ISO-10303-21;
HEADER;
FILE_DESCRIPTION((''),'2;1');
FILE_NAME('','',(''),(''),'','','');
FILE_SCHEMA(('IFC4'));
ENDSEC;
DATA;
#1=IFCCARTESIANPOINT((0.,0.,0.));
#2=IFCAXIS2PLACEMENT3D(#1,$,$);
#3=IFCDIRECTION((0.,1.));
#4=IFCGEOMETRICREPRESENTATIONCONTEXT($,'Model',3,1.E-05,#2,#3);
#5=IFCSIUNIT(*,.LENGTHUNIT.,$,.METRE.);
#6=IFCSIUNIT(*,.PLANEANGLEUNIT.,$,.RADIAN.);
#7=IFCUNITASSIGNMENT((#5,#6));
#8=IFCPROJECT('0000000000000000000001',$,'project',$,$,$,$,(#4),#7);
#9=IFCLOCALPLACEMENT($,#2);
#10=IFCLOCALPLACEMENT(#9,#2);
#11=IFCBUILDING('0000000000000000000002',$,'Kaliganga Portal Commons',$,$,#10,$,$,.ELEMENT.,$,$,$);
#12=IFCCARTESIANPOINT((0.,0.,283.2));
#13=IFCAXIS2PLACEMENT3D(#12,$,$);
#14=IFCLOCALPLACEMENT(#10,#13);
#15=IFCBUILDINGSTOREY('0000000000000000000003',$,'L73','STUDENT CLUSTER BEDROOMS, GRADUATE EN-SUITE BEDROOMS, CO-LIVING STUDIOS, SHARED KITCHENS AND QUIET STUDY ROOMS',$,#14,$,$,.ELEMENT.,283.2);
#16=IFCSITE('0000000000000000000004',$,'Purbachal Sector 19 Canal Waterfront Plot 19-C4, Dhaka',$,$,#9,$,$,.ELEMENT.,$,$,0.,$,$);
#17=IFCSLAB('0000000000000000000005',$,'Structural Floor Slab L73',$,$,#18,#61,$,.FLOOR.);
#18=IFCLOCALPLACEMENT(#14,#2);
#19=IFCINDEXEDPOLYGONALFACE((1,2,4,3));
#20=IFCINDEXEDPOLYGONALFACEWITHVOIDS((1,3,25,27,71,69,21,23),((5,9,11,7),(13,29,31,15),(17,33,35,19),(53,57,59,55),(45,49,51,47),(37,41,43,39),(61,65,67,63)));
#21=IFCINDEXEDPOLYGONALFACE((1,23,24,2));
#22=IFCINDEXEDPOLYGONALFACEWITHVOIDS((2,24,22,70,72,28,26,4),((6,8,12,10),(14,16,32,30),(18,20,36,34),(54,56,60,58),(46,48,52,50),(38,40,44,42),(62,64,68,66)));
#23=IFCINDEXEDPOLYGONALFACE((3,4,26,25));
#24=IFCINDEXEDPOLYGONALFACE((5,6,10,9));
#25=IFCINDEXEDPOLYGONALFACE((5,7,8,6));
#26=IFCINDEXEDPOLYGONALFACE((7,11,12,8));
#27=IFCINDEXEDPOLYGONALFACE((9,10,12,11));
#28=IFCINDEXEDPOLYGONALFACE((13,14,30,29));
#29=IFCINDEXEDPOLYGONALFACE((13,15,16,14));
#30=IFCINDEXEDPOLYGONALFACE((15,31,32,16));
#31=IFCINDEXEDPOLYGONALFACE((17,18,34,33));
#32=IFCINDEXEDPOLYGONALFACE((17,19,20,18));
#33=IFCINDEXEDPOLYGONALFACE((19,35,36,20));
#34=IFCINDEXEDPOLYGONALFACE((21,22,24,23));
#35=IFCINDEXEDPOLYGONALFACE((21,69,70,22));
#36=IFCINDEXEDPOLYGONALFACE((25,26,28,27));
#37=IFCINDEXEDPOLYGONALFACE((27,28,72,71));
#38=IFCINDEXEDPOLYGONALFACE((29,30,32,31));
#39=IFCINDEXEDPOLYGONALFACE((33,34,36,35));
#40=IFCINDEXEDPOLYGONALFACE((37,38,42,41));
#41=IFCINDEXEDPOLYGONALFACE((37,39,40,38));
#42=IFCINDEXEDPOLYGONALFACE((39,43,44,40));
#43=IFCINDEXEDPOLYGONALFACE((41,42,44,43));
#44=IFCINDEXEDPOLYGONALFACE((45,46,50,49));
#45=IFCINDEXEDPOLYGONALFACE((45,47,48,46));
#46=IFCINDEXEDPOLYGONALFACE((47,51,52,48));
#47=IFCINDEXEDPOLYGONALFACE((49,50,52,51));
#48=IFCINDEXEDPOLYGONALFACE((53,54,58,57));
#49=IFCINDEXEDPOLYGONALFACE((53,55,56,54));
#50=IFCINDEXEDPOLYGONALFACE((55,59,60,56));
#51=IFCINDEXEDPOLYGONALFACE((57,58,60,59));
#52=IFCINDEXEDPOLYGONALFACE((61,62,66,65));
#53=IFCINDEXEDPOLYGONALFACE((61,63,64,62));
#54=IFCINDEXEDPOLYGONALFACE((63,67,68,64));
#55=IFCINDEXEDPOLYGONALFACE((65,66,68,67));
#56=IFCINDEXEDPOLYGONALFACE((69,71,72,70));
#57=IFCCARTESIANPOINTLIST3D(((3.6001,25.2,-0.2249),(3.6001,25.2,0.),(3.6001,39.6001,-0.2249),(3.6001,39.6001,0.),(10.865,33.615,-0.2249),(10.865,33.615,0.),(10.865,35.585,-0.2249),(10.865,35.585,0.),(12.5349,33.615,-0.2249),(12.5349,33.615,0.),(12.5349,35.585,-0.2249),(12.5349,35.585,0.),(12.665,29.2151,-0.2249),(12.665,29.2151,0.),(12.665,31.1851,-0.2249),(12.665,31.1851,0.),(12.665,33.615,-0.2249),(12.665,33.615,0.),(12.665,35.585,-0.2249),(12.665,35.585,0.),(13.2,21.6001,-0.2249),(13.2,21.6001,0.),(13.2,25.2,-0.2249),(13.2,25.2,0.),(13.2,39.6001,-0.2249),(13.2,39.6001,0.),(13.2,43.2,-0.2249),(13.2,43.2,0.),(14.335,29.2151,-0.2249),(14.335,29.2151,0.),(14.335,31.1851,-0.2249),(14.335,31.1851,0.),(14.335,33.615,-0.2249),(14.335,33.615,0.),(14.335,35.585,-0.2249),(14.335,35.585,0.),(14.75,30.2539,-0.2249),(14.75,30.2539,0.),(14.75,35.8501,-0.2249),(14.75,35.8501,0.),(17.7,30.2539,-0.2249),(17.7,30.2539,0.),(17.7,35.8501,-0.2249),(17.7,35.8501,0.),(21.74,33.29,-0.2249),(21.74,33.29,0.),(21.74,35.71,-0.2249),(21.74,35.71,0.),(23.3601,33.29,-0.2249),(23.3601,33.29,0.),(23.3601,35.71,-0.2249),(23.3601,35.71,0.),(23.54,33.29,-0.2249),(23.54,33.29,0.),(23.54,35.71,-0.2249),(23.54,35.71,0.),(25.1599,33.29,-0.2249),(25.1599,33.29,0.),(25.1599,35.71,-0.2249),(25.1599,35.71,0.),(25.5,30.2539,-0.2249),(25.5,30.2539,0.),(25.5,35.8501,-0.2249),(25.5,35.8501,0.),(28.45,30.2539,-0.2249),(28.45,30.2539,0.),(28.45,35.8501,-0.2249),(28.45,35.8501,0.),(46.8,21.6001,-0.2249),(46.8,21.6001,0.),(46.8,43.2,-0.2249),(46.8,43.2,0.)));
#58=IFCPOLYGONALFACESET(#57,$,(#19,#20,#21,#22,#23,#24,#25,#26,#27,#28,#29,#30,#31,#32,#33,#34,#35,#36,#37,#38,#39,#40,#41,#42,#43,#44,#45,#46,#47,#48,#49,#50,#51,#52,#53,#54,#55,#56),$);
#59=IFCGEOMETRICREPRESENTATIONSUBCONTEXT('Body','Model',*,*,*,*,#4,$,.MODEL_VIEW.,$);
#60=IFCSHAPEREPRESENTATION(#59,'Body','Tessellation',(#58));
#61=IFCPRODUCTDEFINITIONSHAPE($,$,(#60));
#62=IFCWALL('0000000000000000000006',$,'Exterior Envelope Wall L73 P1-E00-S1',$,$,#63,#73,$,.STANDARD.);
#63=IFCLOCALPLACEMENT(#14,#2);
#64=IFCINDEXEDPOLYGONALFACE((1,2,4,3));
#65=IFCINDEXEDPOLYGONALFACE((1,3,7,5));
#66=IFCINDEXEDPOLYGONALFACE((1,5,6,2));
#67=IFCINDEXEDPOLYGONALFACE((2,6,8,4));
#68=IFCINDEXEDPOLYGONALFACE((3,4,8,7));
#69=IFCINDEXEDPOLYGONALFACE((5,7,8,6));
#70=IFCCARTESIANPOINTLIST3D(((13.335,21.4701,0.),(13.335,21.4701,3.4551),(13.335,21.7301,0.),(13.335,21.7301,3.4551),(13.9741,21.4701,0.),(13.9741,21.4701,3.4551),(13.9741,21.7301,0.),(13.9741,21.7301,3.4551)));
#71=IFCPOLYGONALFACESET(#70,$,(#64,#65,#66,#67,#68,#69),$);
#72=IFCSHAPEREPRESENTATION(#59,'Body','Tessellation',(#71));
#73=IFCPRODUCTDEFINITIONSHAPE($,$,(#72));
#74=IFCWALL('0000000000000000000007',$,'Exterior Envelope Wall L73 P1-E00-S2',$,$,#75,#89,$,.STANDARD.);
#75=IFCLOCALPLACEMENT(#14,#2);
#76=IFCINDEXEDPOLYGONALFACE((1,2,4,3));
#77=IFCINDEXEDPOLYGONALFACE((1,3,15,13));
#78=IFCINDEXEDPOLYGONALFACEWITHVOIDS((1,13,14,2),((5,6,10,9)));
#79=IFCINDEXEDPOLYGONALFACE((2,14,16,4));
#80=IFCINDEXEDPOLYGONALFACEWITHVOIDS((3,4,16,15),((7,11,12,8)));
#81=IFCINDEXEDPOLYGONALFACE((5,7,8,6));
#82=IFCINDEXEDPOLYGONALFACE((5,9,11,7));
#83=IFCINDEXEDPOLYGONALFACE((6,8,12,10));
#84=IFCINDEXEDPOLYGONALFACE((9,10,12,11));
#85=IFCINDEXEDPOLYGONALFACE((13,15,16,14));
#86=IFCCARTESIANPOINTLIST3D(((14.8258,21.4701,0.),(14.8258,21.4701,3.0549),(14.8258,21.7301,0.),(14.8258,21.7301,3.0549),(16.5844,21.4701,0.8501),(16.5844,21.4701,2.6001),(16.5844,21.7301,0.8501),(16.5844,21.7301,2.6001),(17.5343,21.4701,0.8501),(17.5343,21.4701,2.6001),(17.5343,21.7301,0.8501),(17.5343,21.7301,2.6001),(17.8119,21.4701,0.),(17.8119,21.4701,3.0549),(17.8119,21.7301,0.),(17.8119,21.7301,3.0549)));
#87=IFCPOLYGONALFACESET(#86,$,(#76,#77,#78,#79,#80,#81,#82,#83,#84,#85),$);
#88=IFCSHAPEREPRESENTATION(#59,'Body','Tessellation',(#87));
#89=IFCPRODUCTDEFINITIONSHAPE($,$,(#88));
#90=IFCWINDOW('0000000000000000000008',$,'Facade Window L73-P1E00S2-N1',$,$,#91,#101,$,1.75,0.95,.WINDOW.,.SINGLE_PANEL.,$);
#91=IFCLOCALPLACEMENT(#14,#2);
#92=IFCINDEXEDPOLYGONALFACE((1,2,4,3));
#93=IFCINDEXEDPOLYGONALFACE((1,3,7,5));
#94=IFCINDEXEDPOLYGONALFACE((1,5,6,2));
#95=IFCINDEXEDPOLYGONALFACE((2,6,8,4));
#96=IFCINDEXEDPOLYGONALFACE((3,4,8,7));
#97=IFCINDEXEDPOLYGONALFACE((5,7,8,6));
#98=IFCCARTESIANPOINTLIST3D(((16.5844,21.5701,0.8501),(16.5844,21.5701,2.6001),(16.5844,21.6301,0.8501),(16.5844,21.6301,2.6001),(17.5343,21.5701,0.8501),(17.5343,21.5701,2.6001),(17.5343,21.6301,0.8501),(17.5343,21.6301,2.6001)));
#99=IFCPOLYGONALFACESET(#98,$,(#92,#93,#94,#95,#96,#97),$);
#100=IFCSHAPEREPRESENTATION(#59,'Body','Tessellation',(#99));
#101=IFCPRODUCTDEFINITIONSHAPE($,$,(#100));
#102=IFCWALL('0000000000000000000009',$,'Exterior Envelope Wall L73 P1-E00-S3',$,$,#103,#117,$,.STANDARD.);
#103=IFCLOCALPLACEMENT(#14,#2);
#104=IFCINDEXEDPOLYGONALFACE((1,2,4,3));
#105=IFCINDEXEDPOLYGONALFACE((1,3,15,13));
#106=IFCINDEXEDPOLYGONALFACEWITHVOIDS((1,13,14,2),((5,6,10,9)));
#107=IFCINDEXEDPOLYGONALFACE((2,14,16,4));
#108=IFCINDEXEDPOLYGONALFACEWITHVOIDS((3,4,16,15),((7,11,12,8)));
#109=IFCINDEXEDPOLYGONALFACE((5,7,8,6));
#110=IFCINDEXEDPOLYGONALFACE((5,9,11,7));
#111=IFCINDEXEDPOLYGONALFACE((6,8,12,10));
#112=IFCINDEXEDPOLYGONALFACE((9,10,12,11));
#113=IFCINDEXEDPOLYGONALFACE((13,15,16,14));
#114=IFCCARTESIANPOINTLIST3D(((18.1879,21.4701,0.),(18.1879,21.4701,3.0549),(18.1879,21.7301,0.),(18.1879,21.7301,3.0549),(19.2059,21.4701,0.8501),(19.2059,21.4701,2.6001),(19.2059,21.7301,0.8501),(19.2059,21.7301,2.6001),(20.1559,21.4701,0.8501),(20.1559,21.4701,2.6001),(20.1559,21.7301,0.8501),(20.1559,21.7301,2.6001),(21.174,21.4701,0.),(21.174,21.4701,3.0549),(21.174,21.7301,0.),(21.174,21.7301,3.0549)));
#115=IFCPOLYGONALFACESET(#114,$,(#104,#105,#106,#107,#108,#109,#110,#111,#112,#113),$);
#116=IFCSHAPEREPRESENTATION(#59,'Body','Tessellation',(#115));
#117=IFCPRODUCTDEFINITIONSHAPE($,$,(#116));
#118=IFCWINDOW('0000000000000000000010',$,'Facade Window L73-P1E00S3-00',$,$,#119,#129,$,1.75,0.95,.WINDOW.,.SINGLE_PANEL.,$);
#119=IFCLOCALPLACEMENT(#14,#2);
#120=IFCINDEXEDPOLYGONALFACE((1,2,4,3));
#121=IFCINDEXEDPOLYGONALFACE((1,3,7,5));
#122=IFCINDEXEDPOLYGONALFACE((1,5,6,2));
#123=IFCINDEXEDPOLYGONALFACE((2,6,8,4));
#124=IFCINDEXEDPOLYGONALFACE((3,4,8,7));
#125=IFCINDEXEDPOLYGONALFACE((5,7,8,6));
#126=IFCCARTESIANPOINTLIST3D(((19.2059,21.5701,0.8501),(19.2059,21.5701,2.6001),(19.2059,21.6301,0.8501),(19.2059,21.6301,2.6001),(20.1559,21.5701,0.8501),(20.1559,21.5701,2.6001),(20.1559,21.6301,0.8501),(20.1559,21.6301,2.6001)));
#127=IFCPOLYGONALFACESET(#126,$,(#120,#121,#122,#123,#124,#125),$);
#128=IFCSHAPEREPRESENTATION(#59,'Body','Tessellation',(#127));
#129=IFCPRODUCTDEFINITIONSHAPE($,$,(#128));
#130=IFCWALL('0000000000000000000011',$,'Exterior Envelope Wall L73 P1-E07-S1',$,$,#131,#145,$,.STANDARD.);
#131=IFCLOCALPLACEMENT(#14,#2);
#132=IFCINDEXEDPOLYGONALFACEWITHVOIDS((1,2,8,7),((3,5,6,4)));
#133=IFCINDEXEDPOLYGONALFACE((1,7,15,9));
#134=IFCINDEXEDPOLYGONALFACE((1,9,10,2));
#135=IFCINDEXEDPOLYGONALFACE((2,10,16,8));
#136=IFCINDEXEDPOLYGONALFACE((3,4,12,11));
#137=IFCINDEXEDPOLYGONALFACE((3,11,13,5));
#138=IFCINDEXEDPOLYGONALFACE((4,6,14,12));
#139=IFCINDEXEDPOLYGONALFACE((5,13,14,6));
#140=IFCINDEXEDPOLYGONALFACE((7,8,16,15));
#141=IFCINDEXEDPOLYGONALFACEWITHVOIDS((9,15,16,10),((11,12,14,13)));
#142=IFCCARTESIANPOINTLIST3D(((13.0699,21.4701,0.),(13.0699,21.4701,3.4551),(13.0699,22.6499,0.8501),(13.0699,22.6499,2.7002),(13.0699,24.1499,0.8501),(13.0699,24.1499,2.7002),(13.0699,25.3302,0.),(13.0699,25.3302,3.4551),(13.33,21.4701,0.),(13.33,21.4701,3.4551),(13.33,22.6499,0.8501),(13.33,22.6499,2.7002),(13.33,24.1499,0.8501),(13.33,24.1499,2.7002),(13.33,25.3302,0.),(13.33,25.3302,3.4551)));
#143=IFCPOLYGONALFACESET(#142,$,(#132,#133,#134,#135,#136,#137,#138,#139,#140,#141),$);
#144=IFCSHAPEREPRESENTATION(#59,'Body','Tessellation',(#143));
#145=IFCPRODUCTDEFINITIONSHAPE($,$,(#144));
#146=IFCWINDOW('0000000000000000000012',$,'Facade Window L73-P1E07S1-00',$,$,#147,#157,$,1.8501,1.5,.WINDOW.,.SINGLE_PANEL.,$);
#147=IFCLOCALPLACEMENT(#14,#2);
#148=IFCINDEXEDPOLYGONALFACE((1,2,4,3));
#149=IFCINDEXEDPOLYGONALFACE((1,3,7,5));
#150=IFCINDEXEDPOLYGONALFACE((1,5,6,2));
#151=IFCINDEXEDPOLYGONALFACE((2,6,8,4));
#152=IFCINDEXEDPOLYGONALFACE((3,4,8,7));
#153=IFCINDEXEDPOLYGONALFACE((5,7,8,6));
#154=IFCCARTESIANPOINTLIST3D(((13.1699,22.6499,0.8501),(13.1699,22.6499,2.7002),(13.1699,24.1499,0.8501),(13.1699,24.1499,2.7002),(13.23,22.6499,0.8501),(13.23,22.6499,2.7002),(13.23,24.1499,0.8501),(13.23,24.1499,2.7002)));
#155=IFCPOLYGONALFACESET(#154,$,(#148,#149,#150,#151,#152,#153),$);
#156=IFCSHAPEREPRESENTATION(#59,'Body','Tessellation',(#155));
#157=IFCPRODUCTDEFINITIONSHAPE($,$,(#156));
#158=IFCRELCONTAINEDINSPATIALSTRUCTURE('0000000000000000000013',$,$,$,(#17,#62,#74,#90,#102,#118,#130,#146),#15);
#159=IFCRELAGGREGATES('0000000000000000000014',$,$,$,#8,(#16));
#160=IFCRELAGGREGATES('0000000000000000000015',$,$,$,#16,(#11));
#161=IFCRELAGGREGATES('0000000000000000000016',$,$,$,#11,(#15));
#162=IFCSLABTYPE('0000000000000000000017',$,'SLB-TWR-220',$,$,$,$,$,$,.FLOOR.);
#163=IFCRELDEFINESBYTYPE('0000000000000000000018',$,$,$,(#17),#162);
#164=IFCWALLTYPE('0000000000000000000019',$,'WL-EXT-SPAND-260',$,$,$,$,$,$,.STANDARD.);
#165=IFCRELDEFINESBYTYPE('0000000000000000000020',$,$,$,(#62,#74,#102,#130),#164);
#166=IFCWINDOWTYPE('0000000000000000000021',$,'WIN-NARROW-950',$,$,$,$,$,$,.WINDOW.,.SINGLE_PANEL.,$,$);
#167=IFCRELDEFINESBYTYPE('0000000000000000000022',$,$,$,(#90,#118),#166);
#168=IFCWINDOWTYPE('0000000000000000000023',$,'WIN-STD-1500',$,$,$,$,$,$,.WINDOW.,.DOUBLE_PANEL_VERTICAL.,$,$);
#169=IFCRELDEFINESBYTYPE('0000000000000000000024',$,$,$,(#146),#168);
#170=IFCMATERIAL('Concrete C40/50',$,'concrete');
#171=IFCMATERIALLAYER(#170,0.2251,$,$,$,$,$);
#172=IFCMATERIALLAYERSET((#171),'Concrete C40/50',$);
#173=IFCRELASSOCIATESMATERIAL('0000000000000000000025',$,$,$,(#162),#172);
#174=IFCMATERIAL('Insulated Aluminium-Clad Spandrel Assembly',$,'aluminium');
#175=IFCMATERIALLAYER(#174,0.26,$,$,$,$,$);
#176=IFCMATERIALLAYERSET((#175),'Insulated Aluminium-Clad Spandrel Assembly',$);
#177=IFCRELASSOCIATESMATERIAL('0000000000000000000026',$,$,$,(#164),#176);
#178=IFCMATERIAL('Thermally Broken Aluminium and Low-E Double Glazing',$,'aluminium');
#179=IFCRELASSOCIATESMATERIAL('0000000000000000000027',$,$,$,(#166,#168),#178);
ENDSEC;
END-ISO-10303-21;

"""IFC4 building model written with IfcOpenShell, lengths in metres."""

from ifc_helpers import new_model, si_unit, direction, frame, frame_2d, origin, place, context, subcontext, project, spatial, polyline, rectangle, outline, extrude, material, layer, layer_set, type_object, element, fill, save


model = new_model("IFC4")

# Units and contexts
model_context = context("Model", 3, precision=1e-05, world=origin(), true_north=direction((0.0, 1.0)))
body_context = subcontext(model_context, "Body", "Model", "MODEL_VIEW")
ifc_project = project(units=[si_unit("LENGTHUNIT", "METRE"), si_unit("PLANEANGLEUNIT", "RADIAN")], contexts=[model_context])

# Site, building, storey
site_placement = place(None, origin())
site = spatial("IfcSite", under=ifc_project, at=site_placement, Name="Purbachal Sector 19 Canal Waterfront Plot 19-C4, Dhaka", CompositionType="ELEMENT", RefElevation=0.0)
building_placement = place(site_placement, origin())
building = spatial("IfcBuilding", under=site, at=building_placement, Name="Kaliganga Portal Commons", CompositionType="ELEMENT")
storey_placement = place(building_placement, frame((0.0, 0.0, 283.2)))
storey = spatial("IfcBuildingStorey", under=building, at=storey_placement, Name="L73", Description="STUDENT CLUSTER BEDROOMS, GRADUATE EN-SUITE BEDROOMS, CO-LIVING STUDIOS, SHARED KITCHENS AND QUIET STUDY ROOMS", CompositionType="ELEMENT", Elevation=283.2)

# Shared definitions
ifc_material_1 = material(Name="Concrete C40/50", Category="concrete")

# Slab
ifc_layer_1 = layer(ifc_material_1, 0.2251)
ifc_layer_set_1 = layer_set([ifc_layer_1], Name="Concrete C40/50")
slab_type_1 = type_object("IfcSlabType", Name="SLB-TWR-220", PredefinedType="FLOOR", material=ifc_layer_set_1)
slab_1_placement = place(storey_placement, frame((0.0, 0.0, -0.2249)))
element("IfcSlab", 1, at=slab_1_placement, inside=storey, type_object=slab_type_1, Name="Structural Floor Slab L73", PredefinedType="FLOOR", context=body_context, shape_type="SweptSolid", body=[
    extrude(outline(polyline([(13.2, 21.6001), (46.8, 21.6001), (46.8, 43.2), (13.2, 43.2), (13.2, 39.6001), (3.6001, 39.6001), (3.6001, 25.2), (13.2, 25.2), (13.2, 21.6001)]), holes=[polyline([(14.75, 30.2539), (14.75, 35.8501), (17.7, 35.8501), (17.7, 30.2539), (14.75, 30.2539)]), polyline([(25.5, 30.2539), (25.5, 35.8501), (28.45, 35.8501), (28.45, 30.2539), (25.5, 30.2539)]), polyline([(12.665, 33.615), (12.665, 35.585), (14.335, 35.585), (14.335, 33.615), (12.665, 33.615)]), polyline([(12.665, 29.2151), (12.665, 31.1851), (14.335, 31.1851), (14.335, 29.2151), (12.665, 29.2151)]), polyline([(10.865, 33.615), (10.865, 35.585), (12.5349, 35.585), (12.5349, 33.615), (10.865, 33.615)]), polyline([(21.74, 33.29), (21.74, 35.71), (23.3601, 35.71), (23.3601, 33.29), (21.74, 33.29)]), polyline([(23.54, 33.29), (23.54, 35.71), (25.1599, 35.71), (25.1599, 33.29), (23.54, 33.29)])]), origin(), (0.0, 0.0, 1.0), 0.2249),
])

# Wall
ifc_material_2 = material(Name="Insulated Aluminium-Clad Spandrel Assembly", Category="aluminium")
ifc_layer_2 = layer(ifc_material_2, 0.26)
ifc_layer_set_2 = layer_set([ifc_layer_2], Name="Insulated Aluminium-Clad Spandrel Assembly")
wall_type = type_object("IfcWallType", Name="WL-EXT-SPAND-260", PredefinedType="STANDARD", material=ifc_layer_set_2)
wall_1_placement = place(storey_placement, frame((13.9741, 21.6001, 0.0), z_axis=(0.0, 0.0, 1.0), x_axis=(-1.0, 0.0, 0.0)))
element("IfcWall", 2, at=wall_1_placement, inside=storey, type_object=wall_type, Name="Exterior Envelope Wall L73 P1-E00-S1", PredefinedType="STANDARD", context=body_context, shape_type="SweptSolid", body=[
    extrude(rectangle(XDim=0.6392, YDim=0.26, at=frame_2d((0.3196, 0.0))), origin(), (0.0, 0.0, 1.0), 3.4551),
])

# Walls, openings, windows
wall_2_placement = place(storey_placement, frame((17.812, 21.6001, 0.0), z_axis=(0.0, 0.0, 1.0), x_axis=(-1.0, 0.0, 0.0)))
wall_2 = element("IfcWall", 3, at=wall_2_placement, inside=storey, type_object=wall_type, Name="Exterior Envelope Wall L73 P1-E00-S2", PredefinedType="STANDARD", context=body_context, shape_type="SweptSolid", body=[
    extrude(rectangle(XDim=2.9861, YDim=0.26, at=frame_2d((1.4932, 0.0))), origin(), (0.0, 0.0, 1.0), 3.0549),
])
opening_1_placement = place(wall_2_placement, frame((0.2776, 0.0, 0.8501)))
opening_1 = element("IfcOpeningElement", 4, at=opening_1_placement, cuts=wall_2, PredefinedType="OPENING", context=body_context, shape_type="SweptSolid", body=[
    extrude(rectangle(XDim=0.95, YDim=1.75, at=frame_2d((0.4751, 0.875))), frame((0.0, 0.1401, 0.0), z_axis=(0.0, -1.0, 0.0), x_axis=(1.0, 0.0, 0.0)), (0.0, 0.0, 1.0), 0.28),
])
ifc_material_3 = material(Name="Thermally Broken Aluminium and Low-E Double Glazing", Category="aluminium")
window_type_1 = type_object("IfcWindowType", Name="WIN-NARROW-950", PartitioningType="SINGLE_PANEL", PredefinedType="WINDOW", material=ifc_material_3)
window_1_placement = place(opening_1_placement, origin())
window_1 = element("IfcWindow", 5, at=window_1_placement, inside=storey, type_object=window_type_1, Name="Facade Window L73-P1E00S2-N1", OverallHeight=1.75, OverallWidth=0.95, PartitioningType="SINGLE_PANEL", PredefinedType="WINDOW", context=body_context, shape_type="SweptSolid", body=[
    extrude(rectangle(XDim=0.95, YDim=1.75, at=frame_2d((0.4751, 0.875))), frame((0.0, 0.03, 0.0), z_axis=(0.0, -1.0, 0.0), x_axis=(1.0, 0.0, 0.0)), (0.0, 0.0, 1.0), 0.0601),
])
fill(opening_1, window_1)
wall_3_placement = place(storey_placement, frame((21.1741, 21.6001, 0.0), z_axis=(0.0, 0.0, 1.0), x_axis=(-1.0, 0.0, 0.0)))
wall_3 = element("IfcWall", 6, at=wall_3_placement, inside=storey, type_object=wall_type, Name="Exterior Envelope Wall L73 P1-E00-S3", PredefinedType="STANDARD", context=body_context, shape_type="SweptSolid", body=[
    extrude(rectangle(XDim=2.9861, YDim=0.26, at=frame_2d((1.4932, 0.0))), origin(), (0.0, 0.0, 1.0), 3.0549),
])
opening_2_placement = place(wall_3_placement, frame((1.0181, 0.0, 0.8501)))
opening_2 = element("IfcOpeningElement", 7, at=opening_2_placement, cuts=wall_3, PredefinedType="OPENING", context=body_context, shape_type="SweptSolid", body=[
    extrude(rectangle(XDim=0.95, YDim=1.75, at=frame_2d((0.4751, 0.875))), frame((0.0, 0.1401, 0.0), z_axis=(0.0, -1.0, 0.0), x_axis=(1.0, 0.0, 0.0)), (0.0, 0.0, 1.0), 0.28),
])
window_2_placement = place(opening_2_placement, origin())
window_2 = element("IfcWindow", 8, at=window_2_placement, inside=storey, type_object=window_type_1, Name="Facade Window L73-P1E00S3-00", OverallHeight=1.75, OverallWidth=0.95, PartitioningType="SINGLE_PANEL", PredefinedType="WINDOW", context=body_context, shape_type="SweptSolid", body=[
    extrude(rectangle(XDim=0.95, YDim=1.75, at=frame_2d((0.4751, 0.875))), frame((0.0, 0.03, 0.0), z_axis=(0.0, -1.0, 0.0), x_axis=(1.0, 0.0, 0.0)), (0.0, 0.0, 1.0), 0.0601),
])
fill(opening_2, window_2)
wall_4_placement = place(storey_placement, frame((13.2, 21.47, 0.0), z_axis=(0.0, 0.0, 1.0), x_axis=(0.0, 1.0, 0.0)))
wall_4 = element("IfcWall", 9, at=wall_4_placement, inside=storey, type_object=wall_type, Name="Exterior Envelope Wall L73 P1-E07-S1", PredefinedType="STANDARD", context=body_context, shape_type="SweptSolid", body=[
    extrude(rectangle(XDim=3.8601, YDim=0.26, at=frame_2d((1.9302, 0.0))), origin(), (0.0, 0.0, 1.0), 3.4551),
])
opening_3_placement = place(wall_4_placement, frame((1.1799, 0.0, 0.8501)))
opening_3 = element("IfcOpeningElement", 10, at=opening_3_placement, cuts=wall_4, PredefinedType="OPENING", context=body_context, shape_type="SweptSolid", body=[
    extrude(rectangle(XDim=1.5, YDim=1.8501, at=frame_2d((0.75, 0.925))), frame((0.0, 0.1401, 0.0), z_axis=(0.0, -1.0, 0.0), x_axis=(1.0, 0.0, 0.0)), (0.0, 0.0, 1.0), 0.28),
])
window_type_2 = type_object("IfcWindowType", Name="WIN-STD-1500", PartitioningType="DOUBLE_PANEL_VERTICAL", PredefinedType="WINDOW", material=ifc_material_3)
window_3_placement = place(opening_3_placement, origin())
window_3 = element("IfcWindow", 11, at=window_3_placement, inside=storey, type_object=window_type_2, Name="Facade Window L73-P1E07S1-00", OverallHeight=1.8501, OverallWidth=1.5, PartitioningType="SINGLE_PANEL", PredefinedType="WINDOW", context=body_context, shape_type="SweptSolid", body=[
    extrude(rectangle(XDim=1.5, YDim=1.8501, at=frame_2d((0.75, 0.925))), frame((0.0, 0.03, 0.0), z_axis=(0.0, -1.0, 0.0), x_axis=(1.0, 0.0, 0.0)), (0.0, 0.0, 1.0), 0.0601),
])
fill(opening_3, window_3)

save(model, "model.ifc")
